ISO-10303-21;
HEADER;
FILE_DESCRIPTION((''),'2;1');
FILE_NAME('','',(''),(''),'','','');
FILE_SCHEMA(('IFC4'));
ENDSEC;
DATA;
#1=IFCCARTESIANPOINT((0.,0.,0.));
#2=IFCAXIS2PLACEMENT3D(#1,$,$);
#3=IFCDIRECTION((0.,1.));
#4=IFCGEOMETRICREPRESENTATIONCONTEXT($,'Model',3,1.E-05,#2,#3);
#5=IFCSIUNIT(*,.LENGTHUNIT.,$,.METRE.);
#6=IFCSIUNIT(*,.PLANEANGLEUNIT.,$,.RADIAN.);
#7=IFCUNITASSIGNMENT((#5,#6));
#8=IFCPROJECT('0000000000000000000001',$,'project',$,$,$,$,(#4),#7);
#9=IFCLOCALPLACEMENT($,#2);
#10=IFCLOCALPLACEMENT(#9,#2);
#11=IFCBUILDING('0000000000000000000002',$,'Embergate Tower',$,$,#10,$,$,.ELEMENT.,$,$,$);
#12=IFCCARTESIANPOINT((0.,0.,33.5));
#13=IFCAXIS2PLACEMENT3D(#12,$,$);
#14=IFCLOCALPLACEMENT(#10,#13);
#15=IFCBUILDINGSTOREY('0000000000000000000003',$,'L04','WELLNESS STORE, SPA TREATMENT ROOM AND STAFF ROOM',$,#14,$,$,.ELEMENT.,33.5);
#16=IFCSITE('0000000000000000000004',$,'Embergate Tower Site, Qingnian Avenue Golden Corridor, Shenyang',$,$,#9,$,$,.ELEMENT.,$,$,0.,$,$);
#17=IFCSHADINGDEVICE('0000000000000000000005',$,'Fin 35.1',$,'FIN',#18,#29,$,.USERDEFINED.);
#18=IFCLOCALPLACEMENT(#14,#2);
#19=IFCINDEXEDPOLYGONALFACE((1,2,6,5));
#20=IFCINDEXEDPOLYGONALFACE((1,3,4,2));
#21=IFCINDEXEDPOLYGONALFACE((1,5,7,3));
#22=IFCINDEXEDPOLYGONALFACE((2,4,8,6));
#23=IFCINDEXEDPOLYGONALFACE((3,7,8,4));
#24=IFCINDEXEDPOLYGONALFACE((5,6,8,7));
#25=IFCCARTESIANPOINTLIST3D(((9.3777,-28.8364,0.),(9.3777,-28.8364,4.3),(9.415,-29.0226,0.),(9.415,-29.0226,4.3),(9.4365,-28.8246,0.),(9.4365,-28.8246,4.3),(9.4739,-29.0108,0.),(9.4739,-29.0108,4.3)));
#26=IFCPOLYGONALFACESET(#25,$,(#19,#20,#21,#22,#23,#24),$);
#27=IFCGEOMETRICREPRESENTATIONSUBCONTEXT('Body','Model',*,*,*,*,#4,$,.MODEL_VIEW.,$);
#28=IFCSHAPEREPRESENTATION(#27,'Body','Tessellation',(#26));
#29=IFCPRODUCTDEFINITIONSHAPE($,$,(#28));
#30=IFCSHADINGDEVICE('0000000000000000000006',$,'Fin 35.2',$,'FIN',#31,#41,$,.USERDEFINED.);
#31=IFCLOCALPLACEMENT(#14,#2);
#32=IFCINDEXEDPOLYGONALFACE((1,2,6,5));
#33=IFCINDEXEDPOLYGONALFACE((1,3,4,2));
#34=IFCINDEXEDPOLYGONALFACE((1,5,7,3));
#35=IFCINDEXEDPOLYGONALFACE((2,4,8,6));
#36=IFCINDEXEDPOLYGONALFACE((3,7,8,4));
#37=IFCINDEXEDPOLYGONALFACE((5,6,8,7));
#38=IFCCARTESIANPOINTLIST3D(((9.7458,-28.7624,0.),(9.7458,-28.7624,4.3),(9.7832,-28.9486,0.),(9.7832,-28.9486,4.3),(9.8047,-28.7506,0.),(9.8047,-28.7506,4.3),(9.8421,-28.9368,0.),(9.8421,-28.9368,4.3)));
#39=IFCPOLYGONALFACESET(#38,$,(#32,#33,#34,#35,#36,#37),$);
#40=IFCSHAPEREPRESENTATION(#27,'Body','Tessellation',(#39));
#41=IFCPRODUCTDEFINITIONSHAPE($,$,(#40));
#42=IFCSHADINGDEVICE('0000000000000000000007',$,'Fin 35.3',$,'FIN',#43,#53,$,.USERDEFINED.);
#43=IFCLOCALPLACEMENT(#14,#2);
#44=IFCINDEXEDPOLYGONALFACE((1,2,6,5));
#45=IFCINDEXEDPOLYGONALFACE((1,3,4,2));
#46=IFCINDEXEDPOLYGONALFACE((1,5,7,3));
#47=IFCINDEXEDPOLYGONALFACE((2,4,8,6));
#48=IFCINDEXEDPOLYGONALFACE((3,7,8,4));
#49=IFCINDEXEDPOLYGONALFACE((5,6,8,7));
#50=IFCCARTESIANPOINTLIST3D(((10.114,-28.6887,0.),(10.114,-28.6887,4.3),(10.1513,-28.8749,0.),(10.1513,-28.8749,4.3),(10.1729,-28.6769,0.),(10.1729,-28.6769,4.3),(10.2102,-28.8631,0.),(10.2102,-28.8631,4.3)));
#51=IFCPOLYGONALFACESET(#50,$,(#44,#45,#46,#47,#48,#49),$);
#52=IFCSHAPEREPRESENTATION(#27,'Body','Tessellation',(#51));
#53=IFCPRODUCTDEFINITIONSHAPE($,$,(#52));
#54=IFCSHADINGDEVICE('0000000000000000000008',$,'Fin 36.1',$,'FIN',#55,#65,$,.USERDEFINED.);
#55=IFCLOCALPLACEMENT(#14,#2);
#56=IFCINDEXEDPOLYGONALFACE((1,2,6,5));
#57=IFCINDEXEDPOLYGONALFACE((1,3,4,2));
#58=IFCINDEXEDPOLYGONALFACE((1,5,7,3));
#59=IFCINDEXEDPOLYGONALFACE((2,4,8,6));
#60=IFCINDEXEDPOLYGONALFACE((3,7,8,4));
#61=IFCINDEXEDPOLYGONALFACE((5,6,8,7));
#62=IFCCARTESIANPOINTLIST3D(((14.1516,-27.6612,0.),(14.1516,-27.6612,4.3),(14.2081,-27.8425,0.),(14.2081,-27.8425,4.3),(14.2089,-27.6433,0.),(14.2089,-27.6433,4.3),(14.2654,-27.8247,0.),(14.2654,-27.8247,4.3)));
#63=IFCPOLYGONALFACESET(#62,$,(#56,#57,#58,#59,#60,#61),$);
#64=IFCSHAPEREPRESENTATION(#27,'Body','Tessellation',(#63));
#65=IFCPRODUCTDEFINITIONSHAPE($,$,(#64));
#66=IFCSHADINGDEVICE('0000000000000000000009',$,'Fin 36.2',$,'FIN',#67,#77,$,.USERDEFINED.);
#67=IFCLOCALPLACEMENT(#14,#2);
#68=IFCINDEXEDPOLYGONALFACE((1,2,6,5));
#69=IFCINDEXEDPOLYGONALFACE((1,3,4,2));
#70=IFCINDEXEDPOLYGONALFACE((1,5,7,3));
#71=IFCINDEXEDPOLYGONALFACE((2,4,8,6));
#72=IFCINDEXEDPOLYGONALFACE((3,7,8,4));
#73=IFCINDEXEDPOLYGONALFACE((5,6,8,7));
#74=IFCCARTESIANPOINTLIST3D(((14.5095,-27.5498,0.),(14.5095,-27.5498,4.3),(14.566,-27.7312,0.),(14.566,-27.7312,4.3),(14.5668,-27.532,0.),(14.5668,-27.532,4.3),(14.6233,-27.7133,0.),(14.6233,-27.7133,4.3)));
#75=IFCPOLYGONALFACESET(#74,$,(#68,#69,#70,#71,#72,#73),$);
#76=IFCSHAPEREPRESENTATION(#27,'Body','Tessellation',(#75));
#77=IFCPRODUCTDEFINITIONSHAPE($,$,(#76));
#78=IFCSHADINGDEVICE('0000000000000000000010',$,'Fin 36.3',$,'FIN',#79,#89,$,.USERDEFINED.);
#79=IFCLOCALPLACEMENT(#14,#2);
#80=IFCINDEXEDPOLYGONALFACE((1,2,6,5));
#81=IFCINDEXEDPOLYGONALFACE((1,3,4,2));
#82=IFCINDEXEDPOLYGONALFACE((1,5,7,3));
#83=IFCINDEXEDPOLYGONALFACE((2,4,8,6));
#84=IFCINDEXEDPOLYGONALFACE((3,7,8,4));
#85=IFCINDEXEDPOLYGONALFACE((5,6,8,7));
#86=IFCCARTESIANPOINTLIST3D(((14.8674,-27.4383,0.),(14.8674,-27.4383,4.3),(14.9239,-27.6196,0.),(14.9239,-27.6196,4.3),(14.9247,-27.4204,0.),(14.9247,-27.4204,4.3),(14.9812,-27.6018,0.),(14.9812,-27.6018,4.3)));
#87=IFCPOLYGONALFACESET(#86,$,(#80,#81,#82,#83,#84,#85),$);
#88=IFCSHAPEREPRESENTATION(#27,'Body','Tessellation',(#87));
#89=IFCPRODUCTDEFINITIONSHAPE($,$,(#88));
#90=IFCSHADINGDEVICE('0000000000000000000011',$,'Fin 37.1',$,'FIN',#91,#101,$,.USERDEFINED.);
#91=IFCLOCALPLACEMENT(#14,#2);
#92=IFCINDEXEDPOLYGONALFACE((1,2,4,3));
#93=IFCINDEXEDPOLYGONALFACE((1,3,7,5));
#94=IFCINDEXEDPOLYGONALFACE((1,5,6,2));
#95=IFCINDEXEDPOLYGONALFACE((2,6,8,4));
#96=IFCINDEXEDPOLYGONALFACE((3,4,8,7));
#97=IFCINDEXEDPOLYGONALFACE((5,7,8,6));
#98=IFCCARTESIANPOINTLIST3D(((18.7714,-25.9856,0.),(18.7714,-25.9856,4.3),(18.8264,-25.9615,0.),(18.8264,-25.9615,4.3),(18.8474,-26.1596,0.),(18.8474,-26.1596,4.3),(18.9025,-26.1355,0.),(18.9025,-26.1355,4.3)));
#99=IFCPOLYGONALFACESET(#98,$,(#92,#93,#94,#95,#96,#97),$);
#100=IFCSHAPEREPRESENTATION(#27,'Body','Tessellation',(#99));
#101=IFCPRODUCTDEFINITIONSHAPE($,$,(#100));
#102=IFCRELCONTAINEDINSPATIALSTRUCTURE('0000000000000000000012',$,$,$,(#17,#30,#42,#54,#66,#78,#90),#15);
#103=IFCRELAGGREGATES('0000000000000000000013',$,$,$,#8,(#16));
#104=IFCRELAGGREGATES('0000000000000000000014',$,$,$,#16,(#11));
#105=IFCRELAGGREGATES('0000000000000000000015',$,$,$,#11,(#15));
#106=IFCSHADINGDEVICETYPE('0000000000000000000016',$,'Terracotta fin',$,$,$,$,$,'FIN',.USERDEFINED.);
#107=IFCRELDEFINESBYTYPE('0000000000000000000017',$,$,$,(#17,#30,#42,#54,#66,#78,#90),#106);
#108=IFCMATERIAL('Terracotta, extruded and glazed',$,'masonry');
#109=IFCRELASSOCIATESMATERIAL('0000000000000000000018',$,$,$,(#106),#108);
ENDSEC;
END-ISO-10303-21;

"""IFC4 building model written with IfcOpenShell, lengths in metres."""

from ifc_helpers import new_model, si_unit, direction, frame, origin, origin_2d, place, context, subcontext, project, spatial, rectangle, extrude, source, transform, mapped, material, material_profile, profile_set, type_object, element, save


model = new_model("IFC4")

# Units and contexts
model_context = context("Model", 3, precision=1e-05, world=origin(), true_north=direction((0.0, 1.0)))
body_context = subcontext(model_context, "Body", "Model", "MODEL_VIEW")
ifc_project = project(units=[si_unit("LENGTHUNIT", "METRE"), si_unit("PLANEANGLEUNIT", "RADIAN")], contexts=[model_context])

# Site, building, storey
site_placement = place(None, origin())
site = spatial("IfcSite", under=ifc_project, at=site_placement, Name="Embergate Tower Site, Qingnian Avenue Golden Corridor, Shenyang", CompositionType="ELEMENT", RefElevation=0.0)
building_placement = place(site_placement, origin())
building = spatial("IfcBuilding", under=site, at=building_placement, Name="Embergate Tower", CompositionType="ELEMENT")
storey_placement = place(building_placement, frame((0.0, 0.0, 33.5)))
storey = spatial("IfcBuildingStorey", under=building, at=storey_placement, Name="L04", Description="WELLNESS STORE, SPA TREATMENT ROOM AND STAFF ROOM", CompositionType="ELEMENT", Elevation=33.5)

# Shading devices
ifc_material_1 = material(Name="Terracotta, extruded and glazed", Category="masonry")
ifc_material_profile_1 = material_profile(ifc_material_1, rectangle(XDim=0.1899, YDim=0.0601, at=origin_2d()), Name="TC 190x60")
ifc_profile_set_1 = profile_set([ifc_material_profile_1], Name="Terracotta, extruded and glazed")
shading_device_type = type_object("IfcShadingDeviceType", Name="Terracotta fin", ElementType="FIN", PredefinedType="USERDEFINED", material=ifc_profile_set_1)
shared_shape_1 = source(origin(), body_context, "Body", "SweptSolid", [
    extrude(rectangle(XDim=0.1899, YDim=0.0601, at=origin_2d()), origin(), (0.0, 0.0, 1.0), 4.3),
])
for number, where, z_axis, x_axis, name in (
    (1, (9.4258, -28.9236, 0.0), (0.0, 0.0, 1.0), (-0.196638, 0.980476, 0.0), "Fin 35.1"),
    (2, (9.7939, -28.8496, 0.0), (0.0, 0.0, 1.0), (-0.196638, 0.980476, 0.0), "Fin 35.2"),
    (3, (10.1621, -28.7759, 0.0), (0.0, 0.0, 1.0), (-0.196638, 0.980476, 0.0), "Fin 35.3"),
    (4, (14.2085, -27.7429, 0.0), (0.0, 0.0, 1.0), (-0.297337, 0.954773, 0.0), "Fin 36.1"),
    (5, (14.5664, -27.6316, 0.0), (0.0, 0.0, 1.0), (-0.297337, 0.954773, 0.0), "Fin 36.2"),
    (6, (14.9243, -27.52, 0.0), (0.0, 0.0, 1.0), (-0.297337, 0.954773, 0.0), "Fin 36.3"),
    (7, (18.8369, -26.0605, 0.0), (0.0, 0.0, 1.0), (-0.400637, 0.916237, 0.0), "Fin 37.1"),
):
    element("IfcShadingDevice", number, at=place(storey_placement, frame(where, z_axis=z_axis, x_axis=x_axis)), inside=storey, type_object=shading_device_type, Name=name, ObjectType="FIN", PredefinedType="USERDEFINED", context=body_context, shape_type="MappedRepresentation", body=[
        mapped(shared_shape_1, transform((0.0, 0.0, 0.0))),
    ])

save(model, "model.ifc")
